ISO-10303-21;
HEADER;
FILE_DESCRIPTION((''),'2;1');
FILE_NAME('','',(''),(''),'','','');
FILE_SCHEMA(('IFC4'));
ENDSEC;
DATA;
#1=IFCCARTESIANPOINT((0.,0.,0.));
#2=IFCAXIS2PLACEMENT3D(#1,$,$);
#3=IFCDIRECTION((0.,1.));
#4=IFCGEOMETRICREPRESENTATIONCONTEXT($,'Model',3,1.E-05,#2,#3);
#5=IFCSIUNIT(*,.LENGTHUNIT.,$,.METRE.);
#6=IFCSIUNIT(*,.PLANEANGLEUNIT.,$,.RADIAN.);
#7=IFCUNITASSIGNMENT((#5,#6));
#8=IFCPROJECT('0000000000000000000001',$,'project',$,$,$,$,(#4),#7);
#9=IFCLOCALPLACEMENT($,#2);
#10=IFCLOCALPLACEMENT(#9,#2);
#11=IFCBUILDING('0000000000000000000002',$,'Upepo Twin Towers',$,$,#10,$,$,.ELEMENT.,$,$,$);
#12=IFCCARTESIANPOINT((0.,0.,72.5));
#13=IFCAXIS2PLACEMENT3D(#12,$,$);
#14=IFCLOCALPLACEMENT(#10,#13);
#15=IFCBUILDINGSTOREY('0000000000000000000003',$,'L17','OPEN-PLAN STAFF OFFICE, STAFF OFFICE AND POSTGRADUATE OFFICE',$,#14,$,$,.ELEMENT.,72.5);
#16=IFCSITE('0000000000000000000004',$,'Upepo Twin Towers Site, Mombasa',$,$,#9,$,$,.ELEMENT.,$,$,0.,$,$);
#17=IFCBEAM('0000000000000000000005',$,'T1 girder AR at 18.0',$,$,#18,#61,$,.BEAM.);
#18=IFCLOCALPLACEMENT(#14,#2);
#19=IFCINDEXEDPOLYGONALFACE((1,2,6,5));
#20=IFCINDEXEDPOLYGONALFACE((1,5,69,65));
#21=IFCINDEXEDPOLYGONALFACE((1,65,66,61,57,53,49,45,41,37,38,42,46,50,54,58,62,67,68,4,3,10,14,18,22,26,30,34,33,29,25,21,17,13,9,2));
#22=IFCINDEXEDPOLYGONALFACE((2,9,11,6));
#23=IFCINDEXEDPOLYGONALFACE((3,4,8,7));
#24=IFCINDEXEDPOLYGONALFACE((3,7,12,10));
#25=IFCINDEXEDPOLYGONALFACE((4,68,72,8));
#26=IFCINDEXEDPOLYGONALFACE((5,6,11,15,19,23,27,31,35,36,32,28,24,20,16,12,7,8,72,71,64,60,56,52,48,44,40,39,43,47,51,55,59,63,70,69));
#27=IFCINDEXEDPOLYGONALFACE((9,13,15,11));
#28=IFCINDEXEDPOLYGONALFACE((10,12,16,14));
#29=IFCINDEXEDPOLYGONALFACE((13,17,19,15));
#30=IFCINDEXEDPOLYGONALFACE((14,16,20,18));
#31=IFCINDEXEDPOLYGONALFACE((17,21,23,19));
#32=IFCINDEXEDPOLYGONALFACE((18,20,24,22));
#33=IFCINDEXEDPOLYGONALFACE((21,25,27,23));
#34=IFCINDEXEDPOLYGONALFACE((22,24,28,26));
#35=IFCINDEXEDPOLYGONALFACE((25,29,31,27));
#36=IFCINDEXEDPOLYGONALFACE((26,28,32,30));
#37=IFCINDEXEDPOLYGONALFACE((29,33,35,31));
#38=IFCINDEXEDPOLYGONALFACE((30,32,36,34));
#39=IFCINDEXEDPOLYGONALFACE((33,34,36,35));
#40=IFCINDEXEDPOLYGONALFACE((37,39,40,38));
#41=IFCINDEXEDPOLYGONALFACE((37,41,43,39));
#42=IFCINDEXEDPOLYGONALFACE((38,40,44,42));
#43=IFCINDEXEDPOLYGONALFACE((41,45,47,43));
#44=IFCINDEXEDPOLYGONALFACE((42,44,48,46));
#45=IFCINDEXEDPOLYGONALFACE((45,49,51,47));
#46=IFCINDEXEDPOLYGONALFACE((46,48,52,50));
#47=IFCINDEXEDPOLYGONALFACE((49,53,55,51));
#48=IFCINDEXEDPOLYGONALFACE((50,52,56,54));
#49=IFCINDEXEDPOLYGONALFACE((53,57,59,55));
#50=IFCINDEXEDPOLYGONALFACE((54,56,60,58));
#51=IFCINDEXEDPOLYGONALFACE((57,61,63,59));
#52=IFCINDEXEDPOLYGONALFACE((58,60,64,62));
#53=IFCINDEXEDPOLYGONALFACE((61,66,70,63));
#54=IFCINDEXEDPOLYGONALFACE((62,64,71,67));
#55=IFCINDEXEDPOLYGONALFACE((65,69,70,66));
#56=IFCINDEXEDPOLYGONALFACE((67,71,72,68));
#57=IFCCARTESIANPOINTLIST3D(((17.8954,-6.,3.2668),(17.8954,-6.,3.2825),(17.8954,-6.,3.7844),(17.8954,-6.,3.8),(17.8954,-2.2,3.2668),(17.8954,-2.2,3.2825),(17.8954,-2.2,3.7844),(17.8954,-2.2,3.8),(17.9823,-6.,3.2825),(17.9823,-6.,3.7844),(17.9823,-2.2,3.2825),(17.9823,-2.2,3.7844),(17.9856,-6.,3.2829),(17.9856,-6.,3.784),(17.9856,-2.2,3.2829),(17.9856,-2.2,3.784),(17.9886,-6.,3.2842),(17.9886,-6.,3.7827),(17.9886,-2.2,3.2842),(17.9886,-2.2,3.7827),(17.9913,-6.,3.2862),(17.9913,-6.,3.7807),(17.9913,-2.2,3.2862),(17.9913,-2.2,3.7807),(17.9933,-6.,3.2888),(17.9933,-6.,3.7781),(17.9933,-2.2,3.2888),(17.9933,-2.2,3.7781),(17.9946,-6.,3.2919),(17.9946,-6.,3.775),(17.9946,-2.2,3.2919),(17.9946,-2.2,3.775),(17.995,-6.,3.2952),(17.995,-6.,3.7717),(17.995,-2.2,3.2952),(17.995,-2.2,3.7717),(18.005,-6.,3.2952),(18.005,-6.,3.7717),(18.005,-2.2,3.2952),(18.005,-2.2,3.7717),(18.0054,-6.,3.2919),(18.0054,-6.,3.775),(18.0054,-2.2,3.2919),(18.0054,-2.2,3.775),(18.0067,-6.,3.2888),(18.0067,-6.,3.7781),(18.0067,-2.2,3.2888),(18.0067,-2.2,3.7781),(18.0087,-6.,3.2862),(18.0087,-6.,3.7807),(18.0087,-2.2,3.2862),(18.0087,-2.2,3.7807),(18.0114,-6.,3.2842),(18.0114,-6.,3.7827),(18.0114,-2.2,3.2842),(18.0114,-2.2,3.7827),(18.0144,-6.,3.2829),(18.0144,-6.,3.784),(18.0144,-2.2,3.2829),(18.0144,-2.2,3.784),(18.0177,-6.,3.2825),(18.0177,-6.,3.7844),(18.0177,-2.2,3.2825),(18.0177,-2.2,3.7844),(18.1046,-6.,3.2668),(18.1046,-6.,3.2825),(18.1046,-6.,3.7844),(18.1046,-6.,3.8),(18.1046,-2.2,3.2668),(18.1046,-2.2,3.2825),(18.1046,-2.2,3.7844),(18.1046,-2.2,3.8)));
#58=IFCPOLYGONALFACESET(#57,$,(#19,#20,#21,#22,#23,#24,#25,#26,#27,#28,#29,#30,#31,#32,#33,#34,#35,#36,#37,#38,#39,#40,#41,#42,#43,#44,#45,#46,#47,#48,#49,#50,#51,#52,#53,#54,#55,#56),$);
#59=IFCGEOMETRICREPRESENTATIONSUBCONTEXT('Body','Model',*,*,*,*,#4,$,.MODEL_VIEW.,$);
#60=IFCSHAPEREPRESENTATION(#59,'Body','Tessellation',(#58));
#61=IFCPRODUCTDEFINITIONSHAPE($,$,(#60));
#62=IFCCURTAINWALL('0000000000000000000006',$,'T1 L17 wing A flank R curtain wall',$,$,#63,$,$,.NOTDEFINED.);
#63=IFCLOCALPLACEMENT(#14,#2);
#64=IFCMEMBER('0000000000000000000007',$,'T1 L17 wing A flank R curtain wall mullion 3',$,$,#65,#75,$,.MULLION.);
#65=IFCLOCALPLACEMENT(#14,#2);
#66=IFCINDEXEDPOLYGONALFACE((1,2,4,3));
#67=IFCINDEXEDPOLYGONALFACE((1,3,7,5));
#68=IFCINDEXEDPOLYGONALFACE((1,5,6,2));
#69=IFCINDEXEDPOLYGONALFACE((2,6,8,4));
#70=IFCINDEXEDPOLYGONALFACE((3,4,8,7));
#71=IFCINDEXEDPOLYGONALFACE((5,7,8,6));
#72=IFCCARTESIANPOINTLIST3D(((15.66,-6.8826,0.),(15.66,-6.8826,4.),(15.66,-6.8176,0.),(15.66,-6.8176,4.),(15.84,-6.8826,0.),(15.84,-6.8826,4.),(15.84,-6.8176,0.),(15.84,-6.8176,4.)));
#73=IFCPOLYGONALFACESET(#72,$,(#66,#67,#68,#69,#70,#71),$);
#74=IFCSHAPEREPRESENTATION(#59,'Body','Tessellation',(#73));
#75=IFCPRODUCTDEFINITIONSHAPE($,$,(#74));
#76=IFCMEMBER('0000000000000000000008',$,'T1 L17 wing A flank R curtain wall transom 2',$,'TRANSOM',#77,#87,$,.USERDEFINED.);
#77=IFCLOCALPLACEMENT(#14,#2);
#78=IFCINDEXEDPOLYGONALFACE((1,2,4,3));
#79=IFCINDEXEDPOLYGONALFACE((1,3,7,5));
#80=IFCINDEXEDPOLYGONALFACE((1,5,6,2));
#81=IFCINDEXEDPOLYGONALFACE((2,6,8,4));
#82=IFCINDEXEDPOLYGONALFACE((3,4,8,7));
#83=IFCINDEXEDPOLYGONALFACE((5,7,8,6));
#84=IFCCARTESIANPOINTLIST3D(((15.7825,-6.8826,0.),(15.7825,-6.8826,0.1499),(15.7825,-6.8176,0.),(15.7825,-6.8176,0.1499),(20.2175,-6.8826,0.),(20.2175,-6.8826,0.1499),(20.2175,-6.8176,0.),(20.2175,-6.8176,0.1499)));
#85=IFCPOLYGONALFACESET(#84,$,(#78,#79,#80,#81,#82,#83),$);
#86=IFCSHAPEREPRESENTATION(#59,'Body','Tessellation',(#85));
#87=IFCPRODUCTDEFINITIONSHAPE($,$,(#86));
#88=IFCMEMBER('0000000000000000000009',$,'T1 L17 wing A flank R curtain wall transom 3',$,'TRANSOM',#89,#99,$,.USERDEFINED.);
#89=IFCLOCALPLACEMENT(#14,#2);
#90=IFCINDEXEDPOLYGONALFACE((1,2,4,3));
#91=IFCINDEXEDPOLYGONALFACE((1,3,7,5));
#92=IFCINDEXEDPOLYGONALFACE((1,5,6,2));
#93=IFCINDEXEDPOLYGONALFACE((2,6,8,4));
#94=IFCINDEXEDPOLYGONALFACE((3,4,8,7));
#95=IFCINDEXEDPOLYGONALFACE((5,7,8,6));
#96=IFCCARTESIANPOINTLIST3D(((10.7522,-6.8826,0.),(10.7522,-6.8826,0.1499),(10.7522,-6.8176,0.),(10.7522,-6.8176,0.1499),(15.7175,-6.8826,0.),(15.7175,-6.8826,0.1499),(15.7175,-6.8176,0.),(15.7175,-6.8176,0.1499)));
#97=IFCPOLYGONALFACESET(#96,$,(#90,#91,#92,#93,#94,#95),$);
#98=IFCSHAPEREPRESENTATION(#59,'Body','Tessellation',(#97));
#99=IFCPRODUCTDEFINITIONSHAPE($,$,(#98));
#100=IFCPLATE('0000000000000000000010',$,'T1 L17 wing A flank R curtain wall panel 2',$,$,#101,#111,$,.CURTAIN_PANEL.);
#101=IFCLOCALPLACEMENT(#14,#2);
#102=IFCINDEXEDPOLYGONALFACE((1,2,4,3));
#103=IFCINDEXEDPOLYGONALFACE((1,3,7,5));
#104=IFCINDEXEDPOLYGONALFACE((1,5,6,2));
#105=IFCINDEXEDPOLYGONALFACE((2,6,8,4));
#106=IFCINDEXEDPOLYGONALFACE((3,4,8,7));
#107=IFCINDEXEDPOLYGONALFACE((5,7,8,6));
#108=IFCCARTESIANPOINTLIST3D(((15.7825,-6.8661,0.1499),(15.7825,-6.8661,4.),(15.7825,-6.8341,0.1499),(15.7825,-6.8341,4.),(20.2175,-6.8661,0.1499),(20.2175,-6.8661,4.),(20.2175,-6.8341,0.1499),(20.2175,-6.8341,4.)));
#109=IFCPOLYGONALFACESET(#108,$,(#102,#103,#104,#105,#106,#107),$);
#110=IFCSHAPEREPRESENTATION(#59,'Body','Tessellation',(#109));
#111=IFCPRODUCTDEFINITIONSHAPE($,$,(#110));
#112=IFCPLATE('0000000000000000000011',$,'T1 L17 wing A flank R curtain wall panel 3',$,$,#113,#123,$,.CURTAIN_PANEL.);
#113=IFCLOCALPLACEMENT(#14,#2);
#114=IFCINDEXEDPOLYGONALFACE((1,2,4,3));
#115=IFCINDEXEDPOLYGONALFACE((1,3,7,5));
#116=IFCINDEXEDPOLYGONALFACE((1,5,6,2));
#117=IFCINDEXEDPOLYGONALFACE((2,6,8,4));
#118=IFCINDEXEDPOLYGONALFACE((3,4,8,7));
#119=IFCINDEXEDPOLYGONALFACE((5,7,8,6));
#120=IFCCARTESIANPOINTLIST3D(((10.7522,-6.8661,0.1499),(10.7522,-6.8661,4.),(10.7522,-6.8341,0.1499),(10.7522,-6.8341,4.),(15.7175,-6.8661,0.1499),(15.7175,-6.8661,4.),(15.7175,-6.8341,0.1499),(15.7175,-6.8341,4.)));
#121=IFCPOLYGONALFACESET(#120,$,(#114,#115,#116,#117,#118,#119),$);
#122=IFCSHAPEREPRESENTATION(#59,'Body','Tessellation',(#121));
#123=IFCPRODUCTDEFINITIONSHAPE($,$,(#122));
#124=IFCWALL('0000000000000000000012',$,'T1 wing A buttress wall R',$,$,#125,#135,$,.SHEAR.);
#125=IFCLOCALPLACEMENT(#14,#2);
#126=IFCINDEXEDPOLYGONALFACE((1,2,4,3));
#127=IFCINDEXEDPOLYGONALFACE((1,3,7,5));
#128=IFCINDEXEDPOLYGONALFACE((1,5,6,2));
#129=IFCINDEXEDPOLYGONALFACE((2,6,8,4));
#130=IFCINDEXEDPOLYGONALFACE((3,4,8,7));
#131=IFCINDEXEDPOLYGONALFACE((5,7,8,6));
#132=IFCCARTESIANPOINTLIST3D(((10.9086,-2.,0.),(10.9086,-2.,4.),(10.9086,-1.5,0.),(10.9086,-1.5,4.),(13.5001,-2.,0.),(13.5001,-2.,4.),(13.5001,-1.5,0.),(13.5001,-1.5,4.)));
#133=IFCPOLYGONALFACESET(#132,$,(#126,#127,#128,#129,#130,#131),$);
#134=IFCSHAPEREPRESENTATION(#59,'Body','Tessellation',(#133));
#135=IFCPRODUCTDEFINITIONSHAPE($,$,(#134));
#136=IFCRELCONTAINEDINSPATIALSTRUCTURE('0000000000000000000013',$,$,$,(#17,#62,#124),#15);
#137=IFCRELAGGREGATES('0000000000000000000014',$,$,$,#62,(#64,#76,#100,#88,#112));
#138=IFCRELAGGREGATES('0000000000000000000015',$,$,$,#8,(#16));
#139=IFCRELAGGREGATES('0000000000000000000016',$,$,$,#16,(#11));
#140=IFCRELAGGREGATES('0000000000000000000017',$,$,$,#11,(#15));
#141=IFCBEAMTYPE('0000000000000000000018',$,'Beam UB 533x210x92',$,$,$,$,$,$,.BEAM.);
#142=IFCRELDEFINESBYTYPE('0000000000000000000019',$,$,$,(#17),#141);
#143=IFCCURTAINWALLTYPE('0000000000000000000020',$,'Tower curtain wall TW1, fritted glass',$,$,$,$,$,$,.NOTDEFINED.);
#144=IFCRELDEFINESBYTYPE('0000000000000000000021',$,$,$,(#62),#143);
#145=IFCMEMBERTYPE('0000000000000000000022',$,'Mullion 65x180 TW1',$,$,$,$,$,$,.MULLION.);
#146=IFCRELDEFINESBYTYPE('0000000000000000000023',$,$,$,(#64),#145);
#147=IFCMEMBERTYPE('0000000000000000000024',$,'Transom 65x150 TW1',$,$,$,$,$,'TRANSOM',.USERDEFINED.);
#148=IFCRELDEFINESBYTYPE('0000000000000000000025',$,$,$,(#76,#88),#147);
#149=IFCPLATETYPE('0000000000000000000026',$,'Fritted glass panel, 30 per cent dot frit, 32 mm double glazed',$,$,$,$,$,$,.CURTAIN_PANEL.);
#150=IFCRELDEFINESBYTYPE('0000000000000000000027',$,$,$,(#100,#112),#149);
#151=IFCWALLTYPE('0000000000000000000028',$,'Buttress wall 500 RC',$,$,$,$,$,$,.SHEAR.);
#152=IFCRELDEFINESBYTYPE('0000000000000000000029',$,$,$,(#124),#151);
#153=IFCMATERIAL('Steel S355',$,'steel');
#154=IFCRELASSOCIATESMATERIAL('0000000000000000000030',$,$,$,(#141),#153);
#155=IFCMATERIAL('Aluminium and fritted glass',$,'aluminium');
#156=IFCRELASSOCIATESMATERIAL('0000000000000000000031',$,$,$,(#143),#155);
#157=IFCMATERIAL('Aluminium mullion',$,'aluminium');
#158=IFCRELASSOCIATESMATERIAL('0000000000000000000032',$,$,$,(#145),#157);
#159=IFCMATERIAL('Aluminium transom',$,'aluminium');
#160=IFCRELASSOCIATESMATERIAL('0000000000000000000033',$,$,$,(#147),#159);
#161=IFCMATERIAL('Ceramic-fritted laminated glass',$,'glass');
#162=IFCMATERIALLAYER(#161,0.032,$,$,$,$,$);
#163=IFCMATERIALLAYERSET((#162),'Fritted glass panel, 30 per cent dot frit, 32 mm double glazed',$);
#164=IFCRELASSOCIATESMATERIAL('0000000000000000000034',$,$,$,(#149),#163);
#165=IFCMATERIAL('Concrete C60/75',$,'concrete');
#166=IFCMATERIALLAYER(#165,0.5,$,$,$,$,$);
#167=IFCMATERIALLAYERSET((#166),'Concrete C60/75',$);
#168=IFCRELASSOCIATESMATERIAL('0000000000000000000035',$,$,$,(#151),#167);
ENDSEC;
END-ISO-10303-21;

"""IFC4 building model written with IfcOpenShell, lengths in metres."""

from ifc_helpers import new_model, si_unit, direction, frame, frame_2d, origin, origin_2d, place, context, subcontext, project, spatial, rectangle, i_section, extrude, material, layer, layer_set, material_profile, profile_set, type_object, element, aggregate, save


model = new_model("IFC4")

# Units and contexts
model_context = context("Model", 3, precision=1e-05, world=origin(), true_north=direction((0.0, 1.0)))
body_context = subcontext(model_context, "Body", "Model", "MODEL_VIEW")
ifc_project = project(units=[si_unit("LENGTHUNIT", "METRE"), si_unit("PLANEANGLEUNIT", "RADIAN")], contexts=[model_context])

# Site, building, storey
site_placement = place(None, origin())
site = spatial("IfcSite", under=ifc_project, at=site_placement, Name="Upepo Twin Towers Site, Mombasa", CompositionType="ELEMENT", RefElevation=0.0)
building_placement = place(site_placement, origin())
building = spatial("IfcBuilding", under=site, at=building_placement, Name="Upepo Twin Towers", CompositionType="ELEMENT")
storey_placement = place(building_placement, frame((0.0, 0.0, 72.5)))
storey = spatial("IfcBuildingStorey", under=building, at=storey_placement, Name="L17", Description="OPEN-PLAN STAFF OFFICE, STAFF OFFICE AND POSTGRADUATE OFFICE", CompositionType="ELEMENT", Elevation=72.5)

# Beam
ifc_material_1 = material(Name="Steel S355", Category="steel")
ifc_material_profile_1 = material_profile(ifc_material_1, i_section(OverallWidth=0.2092, OverallDepth=0.5332, WebThickness=0.01, FlangeThickness=0.0156, FilletRadius=0.0127, at=origin_2d()), Name="UB 533x210x92")
ifc_profile_set_1 = profile_set([ifc_material_profile_1], Name="Steel S355")
beam_type_1 = type_object("IfcBeamType", Name="Beam UB 533x210x92", PredefinedType="BEAM", material=ifc_profile_set_1)
for number, where, z_axis, x_axis, name in (
    (1, (18.0, -6.0, 3.5334), (0.0, 1.0, 0.0), (-1.0, 0.0, 0.0), "T1 girder AR at 18.0"),
):
    element("IfcBeam", number, at=place(storey_placement, frame(where, z_axis=z_axis, x_axis=x_axis)), inside=storey, type_object=beam_type_1, Name=name, PredefinedType="BEAM", context=body_context, shape_type="SweptSolid", body=[
        extrude(i_section(OverallWidth=0.2092, OverallDepth=0.5332, WebThickness=0.01, FlangeThickness=0.0156, FilletRadius=0.0127, at=origin_2d()), origin(), (0.0, 0.0, 1.0), 3.8),
    ])

# Curtain wall, members, plates
ifc_material_2 = material(Name="Aluminium and fritted glass", Category="aluminium")
curtain_wall_type = type_object("IfcCurtainWallType", Name="Tower curtain wall TW1, fritted glass", PredefinedType="NOTDEFINED", material=ifc_material_2)
curtain_wall_placement = place(storey_placement, origin())
curtain_wall = element("IfcCurtainWall", 2, at=curtain_wall_placement, inside=storey, type_object=curtain_wall_type, Name="T1 L17 wing A flank R curtain wall", PredefinedType="NOTDEFINED")
ifc_material_3 = material(Name="Aluminium mullion", Category="aluminium")
ifc_material_profile_2 = material_profile(ifc_material_3, rectangle(XDim=0.0649, YDim=0.1799, at=origin_2d()), Name="MULLION 65x180")
ifc_profile_set_2 = profile_set([ifc_material_profile_2], Name="Aluminium mullion")
member_type_1 = type_object("IfcMemberType", Name="Mullion 65x180 TW1", PredefinedType="MULLION", material=ifc_profile_set_2)
member_1_placement = place(storey_placement, frame((15.75, -6.8501, 0.0), z_axis=(0.0, 0.0, 1.0), x_axis=(0.0, -1.0, 0.0)))
member_1 = element("IfcMember", 3, at=member_1_placement, type_object=member_type_1, Name="T1 L17 wing A flank R curtain wall mullion 3", PredefinedType="MULLION", context=body_context, shape_type="SweptSolid", body=[
    extrude(rectangle(XDim=0.0649, YDim=0.1799, at=origin_2d()), origin(), (0.0, 0.0, 1.0), 4.0),
])
ifc_material_4 = material(Name="Aluminium transom", Category="aluminium")
ifc_material_profile_3 = material_profile(ifc_material_4, rectangle(XDim=0.0649, YDim=0.1499, at=origin_2d()), Name="TRANSOM 65x150")
ifc_profile_set_3 = profile_set([ifc_material_profile_3], Name="Aluminium transom")
member_type_2 = type_object("IfcMemberType", Name="Transom 65x150 TW1", ElementType="TRANSOM", PredefinedType="USERDEFINED", material=ifc_profile_set_3)
member_2_placement = place(storey_placement, frame((20.2175, -6.8501, 0.075), z_axis=(-1.0, 0.0, 0.0), x_axis=(0.0, -1.0, 0.0)))
member_2 = element("IfcMember", 4, at=member_2_placement, type_object=member_type_2, Name="T1 L17 wing A flank R curtain wall transom 2", ObjectType="TRANSOM", PredefinedType="USERDEFINED", context=body_context, shape_type="SweptSolid", body=[
    extrude(rectangle(XDim=0.0649, YDim=0.1499, at=origin_2d()), origin(), (0.0, 0.0, 1.0), 4.4351),
])
member_3_placement = place(storey_placement, frame((15.7175, -6.8501, 0.075), z_axis=(-1.0, 0.0, 0.0), x_axis=(0.0, -1.0, 0.0)))
member_3 = element("IfcMember", 5, at=member_3_placement, type_object=member_type_2, Name="T1 L17 wing A flank R curtain wall transom 3", ObjectType="TRANSOM", PredefinedType="USERDEFINED", context=body_context, shape_type="SweptSolid", body=[
    extrude(rectangle(XDim=0.0649, YDim=0.1499, at=origin_2d()), origin(), (0.0, 0.0, 1.0), 4.9653),
])
ifc_material_5 = material(Name="Ceramic-fritted laminated glass", Category="glass")
ifc_layer_1 = layer(ifc_material_5, 0.032)
ifc_layer_set_1 = layer_set([ifc_layer_1], Name="Fritted glass panel, 30 per cent dot frit, 32 mm double glazed")
plate_type = type_object("IfcPlateType", Name="Fritted glass panel, 30 per cent dot frit, 32 mm double glazed", PredefinedType="CURTAIN_PANEL", material=ifc_layer_set_1)
plate_1_placement = place(storey_placement, frame((18.0, -6.8501, 0.1499), z_axis=(0.0, 0.0, 1.0), x_axis=(-1.0, 0.0, 0.0)))
plate_1 = element("IfcPlate", 6, at=plate_1_placement, type_object=plate_type, Name="T1 L17 wing A flank R curtain wall panel 2", PredefinedType="CURTAIN_PANEL", context=body_context, shape_type="SweptSolid", body=[
    extrude(rectangle(XDim=4.4351, YDim=0.032, at=origin_2d()), origin(), (0.0, 0.0, 1.0), 3.8501),
])
plate_2_placement = place(storey_placement, frame((13.2349, -6.8501, 0.1499), z_axis=(0.0, 0.0, 1.0), x_axis=(-1.0, 0.0, 0.0)))
plate_2 = element("IfcPlate", 7, at=plate_2_placement, type_object=plate_type, Name="T1 L17 wing A flank R curtain wall panel 3", PredefinedType="CURTAIN_PANEL", context=body_context, shape_type="SweptSolid", body=[
    extrude(rectangle(XDim=4.9653, YDim=0.032, at=origin_2d()), origin(), (0.0, 0.0, 1.0), 3.8501),
])
aggregate(curtain_wall, [member_1, member_2, plate_1, member_3, plate_2])

# Wall
ifc_material_6 = material(Name="Concrete C60/75", Category="concrete")
ifc_layer_2 = layer(ifc_material_6, 0.5)
ifc_layer_set_2 = layer_set([ifc_layer_2], Name="Concrete C60/75")
wall_type_1 = type_object("IfcWallType", Name="Buttress wall 500 RC", PredefinedType="SHEAR", material=ifc_layer_set_2)
wall_1_placement = place(storey_placement, frame((10.9084, -1.75, 0.0), z_axis=(0.0, 0.0, 1.0), x_axis=(1.0, 0.0, 0.0)))
element("IfcWall", 8, at=wall_1_placement, inside=storey, type_object=wall_type_1, Name="T1 wing A buttress wall R", PredefinedType="SHEAR", context=body_context, shape_type="SweptSolid", body=[
    extrude(rectangle(XDim=2.5916, YDim=0.5, at=frame_2d((1.2959, 0.0))), origin(), (0.0, 0.0, 1.0), 4.0),
])

save(model, "model.ifc")
